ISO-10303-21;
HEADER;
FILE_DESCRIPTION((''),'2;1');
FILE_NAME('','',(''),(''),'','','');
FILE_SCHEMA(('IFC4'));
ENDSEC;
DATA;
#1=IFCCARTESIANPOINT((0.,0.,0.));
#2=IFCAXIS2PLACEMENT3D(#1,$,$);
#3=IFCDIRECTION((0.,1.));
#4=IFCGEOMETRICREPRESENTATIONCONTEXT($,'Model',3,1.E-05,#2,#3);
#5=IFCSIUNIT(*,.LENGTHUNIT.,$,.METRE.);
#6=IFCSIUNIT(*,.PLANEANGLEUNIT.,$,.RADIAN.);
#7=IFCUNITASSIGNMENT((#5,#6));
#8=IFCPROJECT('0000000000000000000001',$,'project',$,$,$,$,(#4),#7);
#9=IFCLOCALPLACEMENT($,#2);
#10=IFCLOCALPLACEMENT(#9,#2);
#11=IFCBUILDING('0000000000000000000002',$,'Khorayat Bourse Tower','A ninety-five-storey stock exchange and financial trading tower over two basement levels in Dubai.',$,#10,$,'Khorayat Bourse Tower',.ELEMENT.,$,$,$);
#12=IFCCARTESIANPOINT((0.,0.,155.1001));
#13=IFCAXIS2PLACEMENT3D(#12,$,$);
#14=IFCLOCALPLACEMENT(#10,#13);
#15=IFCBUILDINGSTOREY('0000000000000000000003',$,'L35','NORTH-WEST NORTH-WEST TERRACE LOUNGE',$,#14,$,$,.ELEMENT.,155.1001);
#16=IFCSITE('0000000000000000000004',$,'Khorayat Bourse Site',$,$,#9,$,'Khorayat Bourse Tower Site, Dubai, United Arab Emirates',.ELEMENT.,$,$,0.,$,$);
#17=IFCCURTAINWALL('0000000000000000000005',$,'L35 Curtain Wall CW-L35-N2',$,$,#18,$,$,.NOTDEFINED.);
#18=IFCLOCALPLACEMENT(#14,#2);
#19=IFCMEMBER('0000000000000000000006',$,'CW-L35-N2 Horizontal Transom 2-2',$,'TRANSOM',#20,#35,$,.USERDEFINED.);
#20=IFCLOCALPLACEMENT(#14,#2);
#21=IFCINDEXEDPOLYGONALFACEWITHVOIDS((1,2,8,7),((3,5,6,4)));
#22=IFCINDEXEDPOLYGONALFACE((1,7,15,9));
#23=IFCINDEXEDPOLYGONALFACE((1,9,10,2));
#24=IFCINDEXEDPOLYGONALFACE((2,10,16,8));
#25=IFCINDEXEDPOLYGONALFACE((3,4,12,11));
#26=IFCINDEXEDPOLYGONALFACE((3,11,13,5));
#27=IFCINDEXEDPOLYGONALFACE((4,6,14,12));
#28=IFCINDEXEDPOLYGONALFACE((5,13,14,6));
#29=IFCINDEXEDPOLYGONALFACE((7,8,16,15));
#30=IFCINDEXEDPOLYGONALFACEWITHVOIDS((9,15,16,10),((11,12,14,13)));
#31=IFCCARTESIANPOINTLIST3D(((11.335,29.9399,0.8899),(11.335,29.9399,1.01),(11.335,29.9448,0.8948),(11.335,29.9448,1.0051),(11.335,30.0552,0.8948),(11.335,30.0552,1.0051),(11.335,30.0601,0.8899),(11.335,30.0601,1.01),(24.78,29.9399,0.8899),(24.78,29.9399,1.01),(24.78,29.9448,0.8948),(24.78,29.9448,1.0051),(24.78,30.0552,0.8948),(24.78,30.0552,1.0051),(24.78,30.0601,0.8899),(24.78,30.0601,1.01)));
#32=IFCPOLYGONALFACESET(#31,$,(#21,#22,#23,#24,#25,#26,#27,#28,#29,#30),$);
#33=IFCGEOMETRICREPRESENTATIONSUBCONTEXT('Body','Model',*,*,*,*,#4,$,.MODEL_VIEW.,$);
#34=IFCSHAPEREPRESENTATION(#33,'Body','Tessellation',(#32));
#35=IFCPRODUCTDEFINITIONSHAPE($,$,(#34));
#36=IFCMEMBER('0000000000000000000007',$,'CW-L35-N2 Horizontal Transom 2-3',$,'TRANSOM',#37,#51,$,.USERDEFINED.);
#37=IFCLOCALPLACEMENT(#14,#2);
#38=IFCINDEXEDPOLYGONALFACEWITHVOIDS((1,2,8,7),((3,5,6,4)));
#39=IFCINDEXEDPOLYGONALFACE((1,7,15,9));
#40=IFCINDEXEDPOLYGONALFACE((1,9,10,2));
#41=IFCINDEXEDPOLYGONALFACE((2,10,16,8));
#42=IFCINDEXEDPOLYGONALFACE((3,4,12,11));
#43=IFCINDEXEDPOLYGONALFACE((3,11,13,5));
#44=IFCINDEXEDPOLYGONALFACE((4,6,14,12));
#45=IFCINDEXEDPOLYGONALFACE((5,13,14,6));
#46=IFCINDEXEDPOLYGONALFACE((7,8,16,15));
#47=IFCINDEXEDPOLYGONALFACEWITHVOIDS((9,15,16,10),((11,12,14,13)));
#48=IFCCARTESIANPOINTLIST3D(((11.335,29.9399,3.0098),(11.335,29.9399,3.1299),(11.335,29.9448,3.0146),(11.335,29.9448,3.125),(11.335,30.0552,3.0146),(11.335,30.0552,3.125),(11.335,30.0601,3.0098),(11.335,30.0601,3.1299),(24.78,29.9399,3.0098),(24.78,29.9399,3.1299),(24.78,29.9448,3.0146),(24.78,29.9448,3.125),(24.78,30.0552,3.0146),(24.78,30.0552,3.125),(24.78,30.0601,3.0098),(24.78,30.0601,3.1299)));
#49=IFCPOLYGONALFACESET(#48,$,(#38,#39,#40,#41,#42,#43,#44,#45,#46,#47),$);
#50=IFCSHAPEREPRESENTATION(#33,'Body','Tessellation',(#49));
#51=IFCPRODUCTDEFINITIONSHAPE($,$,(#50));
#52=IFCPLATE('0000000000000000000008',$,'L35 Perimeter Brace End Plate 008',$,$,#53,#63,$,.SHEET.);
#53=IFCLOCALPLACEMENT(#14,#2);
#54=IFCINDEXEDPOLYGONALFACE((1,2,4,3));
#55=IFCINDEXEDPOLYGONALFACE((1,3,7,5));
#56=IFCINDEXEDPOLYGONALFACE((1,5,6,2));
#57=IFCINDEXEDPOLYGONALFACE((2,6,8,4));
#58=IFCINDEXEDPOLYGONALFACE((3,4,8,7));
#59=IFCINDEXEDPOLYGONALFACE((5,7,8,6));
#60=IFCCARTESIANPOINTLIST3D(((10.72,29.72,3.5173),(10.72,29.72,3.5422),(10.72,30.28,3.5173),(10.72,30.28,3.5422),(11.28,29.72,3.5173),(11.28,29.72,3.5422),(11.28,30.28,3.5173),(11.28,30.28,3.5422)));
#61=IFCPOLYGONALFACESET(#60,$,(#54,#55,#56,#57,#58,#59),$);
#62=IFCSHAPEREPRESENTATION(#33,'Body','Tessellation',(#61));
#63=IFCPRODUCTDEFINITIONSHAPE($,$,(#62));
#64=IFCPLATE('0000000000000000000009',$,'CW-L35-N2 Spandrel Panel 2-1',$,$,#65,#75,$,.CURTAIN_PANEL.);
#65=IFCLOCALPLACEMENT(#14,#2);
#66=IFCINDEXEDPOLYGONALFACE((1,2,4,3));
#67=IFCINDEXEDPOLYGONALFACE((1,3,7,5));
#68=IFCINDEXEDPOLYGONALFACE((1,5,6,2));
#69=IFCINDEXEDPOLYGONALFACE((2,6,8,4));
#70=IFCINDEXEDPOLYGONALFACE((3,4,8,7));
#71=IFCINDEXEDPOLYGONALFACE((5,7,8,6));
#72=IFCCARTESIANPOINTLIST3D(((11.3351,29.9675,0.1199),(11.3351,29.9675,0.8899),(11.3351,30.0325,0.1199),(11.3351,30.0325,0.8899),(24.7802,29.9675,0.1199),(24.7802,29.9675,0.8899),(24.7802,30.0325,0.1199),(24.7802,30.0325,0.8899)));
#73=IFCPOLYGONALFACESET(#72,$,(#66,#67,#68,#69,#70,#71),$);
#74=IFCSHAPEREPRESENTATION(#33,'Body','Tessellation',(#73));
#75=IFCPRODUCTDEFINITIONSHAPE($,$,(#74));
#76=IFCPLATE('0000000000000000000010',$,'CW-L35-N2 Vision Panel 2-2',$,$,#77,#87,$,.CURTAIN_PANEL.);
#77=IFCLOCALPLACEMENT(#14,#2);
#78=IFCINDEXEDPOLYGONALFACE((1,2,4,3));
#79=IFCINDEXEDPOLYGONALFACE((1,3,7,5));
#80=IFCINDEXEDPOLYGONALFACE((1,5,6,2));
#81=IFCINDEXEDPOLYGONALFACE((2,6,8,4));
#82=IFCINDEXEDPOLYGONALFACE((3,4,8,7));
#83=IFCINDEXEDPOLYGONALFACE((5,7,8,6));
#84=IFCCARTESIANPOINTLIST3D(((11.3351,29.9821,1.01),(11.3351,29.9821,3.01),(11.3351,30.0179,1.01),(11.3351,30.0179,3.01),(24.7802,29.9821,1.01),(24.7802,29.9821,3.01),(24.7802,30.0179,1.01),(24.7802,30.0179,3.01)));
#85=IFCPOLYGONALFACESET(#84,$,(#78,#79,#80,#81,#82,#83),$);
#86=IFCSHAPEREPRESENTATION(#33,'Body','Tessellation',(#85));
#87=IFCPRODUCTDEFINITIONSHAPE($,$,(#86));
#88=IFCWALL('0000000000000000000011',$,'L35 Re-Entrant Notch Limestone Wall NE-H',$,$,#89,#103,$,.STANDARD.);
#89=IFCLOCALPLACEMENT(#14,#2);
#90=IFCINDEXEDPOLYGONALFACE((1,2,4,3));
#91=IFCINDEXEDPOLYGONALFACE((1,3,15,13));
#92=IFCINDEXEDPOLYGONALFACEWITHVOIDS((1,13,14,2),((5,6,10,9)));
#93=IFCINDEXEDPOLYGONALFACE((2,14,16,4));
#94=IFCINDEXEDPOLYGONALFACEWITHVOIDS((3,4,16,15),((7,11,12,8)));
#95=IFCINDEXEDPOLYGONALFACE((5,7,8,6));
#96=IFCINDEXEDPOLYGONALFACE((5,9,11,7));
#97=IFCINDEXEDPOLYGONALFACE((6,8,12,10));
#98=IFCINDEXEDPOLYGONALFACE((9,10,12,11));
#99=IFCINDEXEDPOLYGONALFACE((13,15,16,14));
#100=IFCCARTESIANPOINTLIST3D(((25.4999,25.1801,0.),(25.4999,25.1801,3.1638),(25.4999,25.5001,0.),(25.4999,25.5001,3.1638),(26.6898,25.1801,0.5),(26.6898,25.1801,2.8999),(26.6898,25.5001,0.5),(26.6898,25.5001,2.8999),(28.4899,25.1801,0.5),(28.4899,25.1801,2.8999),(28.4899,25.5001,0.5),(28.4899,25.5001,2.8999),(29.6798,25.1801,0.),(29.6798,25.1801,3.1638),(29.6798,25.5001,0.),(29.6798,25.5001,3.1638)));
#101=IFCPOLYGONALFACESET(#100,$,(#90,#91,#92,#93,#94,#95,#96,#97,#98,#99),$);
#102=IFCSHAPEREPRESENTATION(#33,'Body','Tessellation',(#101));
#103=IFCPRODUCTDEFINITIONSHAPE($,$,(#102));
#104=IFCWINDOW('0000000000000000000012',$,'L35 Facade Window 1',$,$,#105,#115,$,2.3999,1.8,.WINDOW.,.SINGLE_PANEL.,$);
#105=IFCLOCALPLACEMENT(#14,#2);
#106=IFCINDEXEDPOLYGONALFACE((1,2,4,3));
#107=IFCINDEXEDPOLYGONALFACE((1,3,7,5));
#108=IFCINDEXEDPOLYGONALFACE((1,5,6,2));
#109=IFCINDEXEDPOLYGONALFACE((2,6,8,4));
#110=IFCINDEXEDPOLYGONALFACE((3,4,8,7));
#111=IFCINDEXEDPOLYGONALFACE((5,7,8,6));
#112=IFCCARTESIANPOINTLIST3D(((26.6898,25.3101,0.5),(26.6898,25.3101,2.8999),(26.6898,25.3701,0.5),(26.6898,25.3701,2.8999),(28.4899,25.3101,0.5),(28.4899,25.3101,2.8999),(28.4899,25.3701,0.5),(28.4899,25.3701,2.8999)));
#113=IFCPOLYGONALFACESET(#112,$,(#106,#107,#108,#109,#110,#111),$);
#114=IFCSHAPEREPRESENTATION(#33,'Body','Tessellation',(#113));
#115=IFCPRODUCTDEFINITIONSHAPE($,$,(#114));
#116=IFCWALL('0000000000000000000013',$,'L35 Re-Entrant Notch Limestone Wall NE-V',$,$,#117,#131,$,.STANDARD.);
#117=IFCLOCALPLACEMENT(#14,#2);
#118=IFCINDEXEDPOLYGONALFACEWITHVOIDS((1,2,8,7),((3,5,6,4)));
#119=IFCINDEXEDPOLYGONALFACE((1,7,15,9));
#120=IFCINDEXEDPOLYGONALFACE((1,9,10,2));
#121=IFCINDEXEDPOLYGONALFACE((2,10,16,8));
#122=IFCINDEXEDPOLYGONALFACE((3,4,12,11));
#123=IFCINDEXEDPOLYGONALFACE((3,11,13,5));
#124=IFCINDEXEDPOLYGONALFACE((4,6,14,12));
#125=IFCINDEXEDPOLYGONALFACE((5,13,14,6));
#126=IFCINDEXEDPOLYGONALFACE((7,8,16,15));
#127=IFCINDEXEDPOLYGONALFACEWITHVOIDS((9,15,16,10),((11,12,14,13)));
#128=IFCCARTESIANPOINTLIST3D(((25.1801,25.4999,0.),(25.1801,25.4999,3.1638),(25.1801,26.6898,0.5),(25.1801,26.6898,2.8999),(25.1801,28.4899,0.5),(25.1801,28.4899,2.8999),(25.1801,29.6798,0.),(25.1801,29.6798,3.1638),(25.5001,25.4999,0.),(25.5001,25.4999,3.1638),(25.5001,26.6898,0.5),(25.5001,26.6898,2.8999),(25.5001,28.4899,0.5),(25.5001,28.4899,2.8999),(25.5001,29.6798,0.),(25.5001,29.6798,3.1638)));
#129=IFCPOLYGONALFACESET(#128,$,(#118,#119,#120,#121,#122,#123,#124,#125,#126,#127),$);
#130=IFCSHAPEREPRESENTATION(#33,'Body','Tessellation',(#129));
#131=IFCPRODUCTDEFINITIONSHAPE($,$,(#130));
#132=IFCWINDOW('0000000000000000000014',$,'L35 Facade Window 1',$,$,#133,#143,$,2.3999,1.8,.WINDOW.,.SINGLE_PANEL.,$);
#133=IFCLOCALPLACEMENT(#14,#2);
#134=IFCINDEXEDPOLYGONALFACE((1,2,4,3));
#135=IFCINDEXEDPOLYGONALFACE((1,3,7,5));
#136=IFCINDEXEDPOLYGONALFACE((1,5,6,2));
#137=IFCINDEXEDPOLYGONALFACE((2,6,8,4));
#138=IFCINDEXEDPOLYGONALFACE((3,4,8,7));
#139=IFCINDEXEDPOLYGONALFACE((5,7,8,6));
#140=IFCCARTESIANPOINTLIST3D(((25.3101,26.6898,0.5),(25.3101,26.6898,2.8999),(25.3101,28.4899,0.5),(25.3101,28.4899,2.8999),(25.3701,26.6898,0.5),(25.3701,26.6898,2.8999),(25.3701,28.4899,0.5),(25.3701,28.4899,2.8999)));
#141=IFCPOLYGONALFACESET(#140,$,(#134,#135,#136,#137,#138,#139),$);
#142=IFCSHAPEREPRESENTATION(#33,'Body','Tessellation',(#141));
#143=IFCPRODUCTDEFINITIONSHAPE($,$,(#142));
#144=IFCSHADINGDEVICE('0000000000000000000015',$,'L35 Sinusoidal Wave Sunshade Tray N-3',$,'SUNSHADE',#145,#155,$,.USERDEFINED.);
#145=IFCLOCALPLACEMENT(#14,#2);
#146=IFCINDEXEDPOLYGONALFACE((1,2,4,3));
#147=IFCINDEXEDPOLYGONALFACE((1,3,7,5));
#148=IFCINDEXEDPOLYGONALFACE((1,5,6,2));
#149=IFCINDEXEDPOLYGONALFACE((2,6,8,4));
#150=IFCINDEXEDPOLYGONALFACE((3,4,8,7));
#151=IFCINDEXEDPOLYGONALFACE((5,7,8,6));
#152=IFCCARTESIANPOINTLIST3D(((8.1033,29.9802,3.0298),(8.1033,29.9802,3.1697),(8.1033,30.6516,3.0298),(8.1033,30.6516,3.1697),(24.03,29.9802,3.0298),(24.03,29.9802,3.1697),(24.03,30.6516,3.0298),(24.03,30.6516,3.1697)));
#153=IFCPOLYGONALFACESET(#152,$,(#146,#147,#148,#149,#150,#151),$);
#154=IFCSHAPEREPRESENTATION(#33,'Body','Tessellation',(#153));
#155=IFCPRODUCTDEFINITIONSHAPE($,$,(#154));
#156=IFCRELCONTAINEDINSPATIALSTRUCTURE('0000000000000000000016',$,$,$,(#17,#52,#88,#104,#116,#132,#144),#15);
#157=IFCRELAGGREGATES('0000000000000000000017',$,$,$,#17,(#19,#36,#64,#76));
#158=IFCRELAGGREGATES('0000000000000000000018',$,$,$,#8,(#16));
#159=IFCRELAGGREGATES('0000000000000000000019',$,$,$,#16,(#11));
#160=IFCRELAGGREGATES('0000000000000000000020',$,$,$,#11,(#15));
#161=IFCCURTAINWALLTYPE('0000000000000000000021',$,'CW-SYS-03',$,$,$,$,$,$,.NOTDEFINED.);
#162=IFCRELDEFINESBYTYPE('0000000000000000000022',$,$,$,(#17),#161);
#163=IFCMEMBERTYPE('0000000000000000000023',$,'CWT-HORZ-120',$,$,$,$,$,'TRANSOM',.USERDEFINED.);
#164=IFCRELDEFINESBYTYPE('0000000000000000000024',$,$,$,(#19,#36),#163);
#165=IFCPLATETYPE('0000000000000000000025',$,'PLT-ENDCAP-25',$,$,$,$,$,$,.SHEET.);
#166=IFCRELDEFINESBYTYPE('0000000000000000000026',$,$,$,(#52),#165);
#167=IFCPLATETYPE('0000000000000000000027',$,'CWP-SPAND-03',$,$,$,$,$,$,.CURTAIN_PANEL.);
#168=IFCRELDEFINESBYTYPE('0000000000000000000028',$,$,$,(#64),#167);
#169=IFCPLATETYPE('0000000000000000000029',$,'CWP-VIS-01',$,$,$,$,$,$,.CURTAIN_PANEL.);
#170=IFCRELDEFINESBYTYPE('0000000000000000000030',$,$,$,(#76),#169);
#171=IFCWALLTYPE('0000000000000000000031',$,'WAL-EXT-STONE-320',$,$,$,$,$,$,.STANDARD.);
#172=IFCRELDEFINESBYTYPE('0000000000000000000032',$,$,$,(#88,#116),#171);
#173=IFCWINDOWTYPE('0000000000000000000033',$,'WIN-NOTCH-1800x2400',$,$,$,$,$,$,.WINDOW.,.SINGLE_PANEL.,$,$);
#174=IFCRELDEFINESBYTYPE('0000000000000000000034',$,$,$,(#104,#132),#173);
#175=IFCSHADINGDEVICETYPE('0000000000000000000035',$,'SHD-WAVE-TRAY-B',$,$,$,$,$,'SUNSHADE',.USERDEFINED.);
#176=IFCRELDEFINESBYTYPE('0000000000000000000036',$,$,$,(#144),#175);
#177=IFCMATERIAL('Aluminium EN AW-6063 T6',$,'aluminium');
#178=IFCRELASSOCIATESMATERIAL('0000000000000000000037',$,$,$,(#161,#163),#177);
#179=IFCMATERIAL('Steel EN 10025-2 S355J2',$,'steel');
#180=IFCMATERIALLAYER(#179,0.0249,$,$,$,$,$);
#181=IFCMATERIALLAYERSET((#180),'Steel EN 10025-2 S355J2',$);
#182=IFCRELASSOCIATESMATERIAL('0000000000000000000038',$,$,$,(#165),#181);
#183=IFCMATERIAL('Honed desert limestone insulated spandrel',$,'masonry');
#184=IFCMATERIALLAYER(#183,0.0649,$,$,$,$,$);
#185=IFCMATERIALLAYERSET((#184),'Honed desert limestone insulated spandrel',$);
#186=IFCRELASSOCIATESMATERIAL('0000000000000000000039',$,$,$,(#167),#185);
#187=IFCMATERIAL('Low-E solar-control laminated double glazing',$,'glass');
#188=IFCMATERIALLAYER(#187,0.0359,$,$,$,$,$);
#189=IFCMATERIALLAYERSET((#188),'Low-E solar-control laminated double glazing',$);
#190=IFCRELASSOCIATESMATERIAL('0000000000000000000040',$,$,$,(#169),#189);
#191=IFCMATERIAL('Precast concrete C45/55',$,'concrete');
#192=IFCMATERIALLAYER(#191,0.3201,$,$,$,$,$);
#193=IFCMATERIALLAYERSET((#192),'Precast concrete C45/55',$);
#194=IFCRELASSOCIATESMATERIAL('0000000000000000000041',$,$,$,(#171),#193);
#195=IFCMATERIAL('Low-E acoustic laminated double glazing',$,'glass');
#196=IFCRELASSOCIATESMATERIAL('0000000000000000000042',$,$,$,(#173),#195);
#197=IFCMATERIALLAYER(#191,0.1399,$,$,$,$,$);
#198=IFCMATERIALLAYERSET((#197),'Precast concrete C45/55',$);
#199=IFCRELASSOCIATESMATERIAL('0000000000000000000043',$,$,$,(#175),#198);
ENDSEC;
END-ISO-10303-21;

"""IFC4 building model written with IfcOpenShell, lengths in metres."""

from ifc_helpers import new_model, si_unit, direction, frame, frame_2d, origin, origin_2d, place, context, subcontext, project, spatial, rectangle, hollow_rectangle, extrude, source, transform, mapped, material, layer, layer_set, material_profile, profile_set, type_object, element, fill, aggregate, save


model = new_model("IFC4")

# Units and contexts
model_context = context("Model", 3, precision=1e-05, world=origin(), true_north=direction((0.0, 1.0)))
body_context = subcontext(model_context, "Body", "Model", "MODEL_VIEW")
ifc_project = project(units=[si_unit("LENGTHUNIT", "METRE"), si_unit("PLANEANGLEUNIT", "RADIAN")], contexts=[model_context])

# Site, building, storey
site_placement = place(None, origin())
site = spatial("IfcSite", under=ifc_project, at=site_placement, Name="Khorayat Bourse Site", LongName="Khorayat Bourse Tower Site, Dubai, United Arab Emirates", CompositionType="ELEMENT", RefElevation=0.0)
building_placement = place(site_placement, origin())
building = spatial("IfcBuilding", under=site, at=building_placement, Name="Khorayat Bourse Tower", Description="A ninety-five-storey stock exchange and financial trading tower over two basement levels in Dubai.", LongName="Khorayat Bourse Tower", CompositionType="ELEMENT")
storey_placement = place(building_placement, frame((0.0, 0.0, 155.1001)))
storey = spatial("IfcBuildingStorey", under=building, at=storey_placement, Name="L35", Description="NORTH-WEST NORTH-WEST TERRACE LOUNGE", CompositionType="ELEMENT", Elevation=155.1001)

# Curtain wall
ifc_material_1 = material(Name="Aluminium EN AW-6063 T6", Category="aluminium")
curtain_wall_type = type_object("IfcCurtainWallType", Name="CW-SYS-03", PredefinedType="NOTDEFINED", material=ifc_material_1)
curtain_wall_1_placement = place(storey_placement, origin())
curtain_wall_1 = element("IfcCurtainWall", 1, at=curtain_wall_1_placement, inside=storey, type_object=curtain_wall_type, Name="L35 Curtain Wall CW-L35-N2", PredefinedType="NOTDEFINED")

# Members
ifc_material_profile_1 = material_profile(ifc_material_1, hollow_rectangle(XDim=0.1201, YDim=0.1201, WallThickness=0.0049, at=origin_2d()), Name="ALU 120x120x5")
ifc_profile_set_1 = profile_set([ifc_material_profile_1], Name="Aluminium EN AW-6063 T6")
member_type_1 = type_object("IfcMemberType", Name="CWT-HORZ-120", ElementType="TRANSOM", PredefinedType="USERDEFINED", material=ifc_profile_set_1)
shared_shape_1 = source(origin(), body_context, "Body", "SweptSolid", [
    extrude(hollow_rectangle(XDim=0.1201, YDim=0.1201, WallThickness=0.0049, at=origin_2d()), origin(), (0.0, 0.0, 1.0), 13.4451),
])
member_1_placement = place(storey_placement, frame((11.335, 30.0, 0.95), z_axis=(1.0, 0.0, 0.0), x_axis=(0.0, 1.0, 0.0)))
member_1 = element("IfcMember", 2, at=member_1_placement, type_object=member_type_1, Name="CW-L35-N2 Horizontal Transom 2-2", ObjectType="TRANSOM", PredefinedType="USERDEFINED", context=body_context, shape_type="MappedRepresentation", body=[
    mapped(shared_shape_1, transform((0.0, 0.0, 0.0), scale=1.0)),
])
member_2_placement = place(storey_placement, frame((11.335, 30.0, 3.0698), z_axis=(1.0, 0.0, 0.0), x_axis=(0.0, 1.0, 0.0)))
member_2 = element("IfcMember", 3, at=member_2_placement, type_object=member_type_1, Name="CW-L35-N2 Horizontal Transom 2-3", ObjectType="TRANSOM", PredefinedType="USERDEFINED", context=body_context, shape_type="MappedRepresentation", body=[
    mapped(shared_shape_1, transform((0.0, 0.0, 0.0), scale=1.0)),
])

# Plates
ifc_material_2 = material(Name="Steel EN 10025-2 S355J2", Category="steel")
ifc_layer_1 = layer(ifc_material_2, 0.0249)
ifc_layer_set_1 = layer_set([ifc_layer_1], Name="Steel EN 10025-2 S355J2")
plate_type_1 = type_object("IfcPlateType", Name="PLT-ENDCAP-25", PredefinedType="SHEET", material=ifc_layer_set_1)
shared_shape_2 = source(origin(), body_context, "Body", "SweptSolid", [
    extrude(rectangle(XDim=0.5601, YDim=0.5601, at=origin_2d()), origin(), (0.0, 0.0, 1.0), 0.0249),
])
plate_1_placement = place(storey_placement, frame((11.0, 30.0, 3.5173), z_axis=(0.0, 0.0, 1.0), x_axis=(1.0, 0.0, 0.0)))
element("IfcPlate", 4, at=plate_1_placement, inside=storey, type_object=plate_type_1, Name="L35 Perimeter Brace End Plate 008", PredefinedType="SHEET", context=body_context, shape_type="MappedRepresentation", body=[
    mapped(shared_shape_2, transform((0.0, 0.0, 0.0), scale=1.0)),
])
ifc_material_3 = material(Name="Honed desert limestone insulated spandrel", Category="masonry")
ifc_layer_2 = layer(ifc_material_3, 0.0649)
ifc_layer_set_2 = layer_set([ifc_layer_2], Name="Honed desert limestone insulated spandrel")
plate_type_2 = type_object("IfcPlateType", Name="CWP-SPAND-03", PredefinedType="CURTAIN_PANEL", material=ifc_layer_set_2)
shared_shape_3 = source(origin(), body_context, "Body", "SweptSolid", [
    extrude(rectangle(XDim=13.4451, YDim=0.0649, at=origin_2d()), origin(), (0.0, 0.0, 1.0), 0.77),
])
plate_2_placement = place(storey_placement, frame((18.0576, 30.0, 0.1199), z_axis=(0.0, 0.0, 1.0), x_axis=(1.0, 0.0, 0.0)))
plate_2 = element("IfcPlate", 5, at=plate_2_placement, type_object=plate_type_2, Name="CW-L35-N2 Spandrel Panel 2-1", PredefinedType="CURTAIN_PANEL", context=body_context, shape_type="MappedRepresentation", body=[
    mapped(shared_shape_3, transform((0.0, 0.0, 0.0), scale=1.0)),
])
ifc_material_4 = material(Name="Low-E solar-control laminated double glazing", Category="glass")
ifc_layer_3 = layer(ifc_material_4, 0.0359)
ifc_layer_set_3 = layer_set([ifc_layer_3], Name="Low-E solar-control laminated double glazing")
plate_type_3 = type_object("IfcPlateType", Name="CWP-VIS-01", PredefinedType="CURTAIN_PANEL", material=ifc_layer_set_3)
shared_shape_4 = source(origin(), body_context, "Body", "SweptSolid", [
    extrude(rectangle(XDim=13.4451, YDim=0.0359, at=origin_2d()), origin(), (0.0, 0.0, 1.0), 2.0),
])
plate_3_placement = place(storey_placement, frame((18.0576, 30.0, 1.01), z_axis=(0.0, 0.0, 1.0), x_axis=(1.0, 0.0, 0.0)))
plate_3 = element("IfcPlate", 6, at=plate_3_placement, type_object=plate_type_3, Name="CW-L35-N2 Vision Panel 2-2", PredefinedType="CURTAIN_PANEL", context=body_context, shape_type="MappedRepresentation", body=[
    mapped(shared_shape_4, transform((0.0, 0.0, 0.0), scale=1.0)),
])
aggregate(curtain_wall_1, [member_1, member_2, plate_2, plate_3])

# Walls, openings, windows
ifc_material_5 = material(Name="Precast concrete C45/55", Category="concrete")
ifc_layer_4 = layer(ifc_material_5, 0.3201)
ifc_layer_set_4 = layer_set([ifc_layer_4], Name="Precast concrete C45/55")
wall_type = type_object("IfcWallType", Name="WAL-EXT-STONE-320", PredefinedType="STANDARD", material=ifc_layer_set_4)
shared_shape_5 = source(origin(), body_context, "Body", "SweptSolid", [
    extrude(rectangle(XDim=4.1799, YDim=0.3201, at=frame_2d((2.0898, 0.0))), origin(), (0.0, 0.0, 1.0), 3.1638),
])
wall_1_placement = place(storey_placement, frame((25.5, 25.3401, 0.0), z_axis=(0.0, 0.0, 1.0), x_axis=(1.0, 0.0, 0.0)))
wall_1 = element("IfcWall", 7, at=wall_1_placement, inside=storey, type_object=wall_type, Name="L35 Re-Entrant Notch Limestone Wall NE-H", PredefinedType="STANDARD", context=body_context, shape_type="MappedRepresentation", body=[
    mapped(shared_shape_5, transform((0.0, 0.0, 0.0), scale=1.0)),
])
shared_shape_6 = source(origin(), body_context, "Body", "SweptSolid", [
    extrude(rectangle(XDim=1.8, YDim=2.3999, at=frame_2d((0.8999, 1.2))), frame((0.0, 0.1699, 0.0), z_axis=(0.0, -1.0, 0.0), x_axis=(1.0, 0.0, 0.0)), (0.0, 0.0, 1.0), 0.3401),
])
opening_1_placement = place(wall_1_placement, frame((1.1899, 0.0, 0.5)))
opening_1 = element("IfcOpeningElement", 8, at=opening_1_placement, cuts=wall_1, PredefinedType="OPENING", context=body_context, shape_type="MappedRepresentation", body=[
    mapped(shared_shape_6, transform((0.0, 0.0, 0.0), scale=1.0)),
])
ifc_material_6 = material(Name="Low-E acoustic laminated double glazing", Category="glass")
window_type = type_object("IfcWindowType", Name="WIN-NOTCH-1800x2400", PartitioningType="SINGLE_PANEL", PredefinedType="WINDOW", material=ifc_material_6)
shared_shape_7 = source(origin(), body_context, "Body", "SweptSolid", [
    extrude(rectangle(XDim=1.8, YDim=2.3999, at=frame_2d((0.8999, 1.2))), frame((0.0, 0.03, 0.0), z_axis=(0.0, -1.0, 0.0), x_axis=(1.0, 0.0, 0.0)), (0.0, 0.0, 1.0), 0.0601),
])
window_1_placement = place(opening_1_placement, origin())
window_1 = element("IfcWindow", 9, at=window_1_placement, inside=storey, type_object=window_type, Name="L35 Facade Window 1", OverallHeight=2.3999, OverallWidth=1.8, PartitioningType="SINGLE_PANEL", PredefinedType="WINDOW", context=body_context, shape_type="MappedRepresentation", body=[
    mapped(shared_shape_7, transform((0.0, 0.0, 0.0), scale=1.0)),
])
fill(opening_1, window_1)
wall_2_placement = place(storey_placement, frame((25.3401, 25.5, 0.0), z_axis=(0.0, 0.0, 1.0), x_axis=(0.0, 1.0, 0.0)))
wall_2 = element("IfcWall", 10, at=wall_2_placement, inside=storey, type_object=wall_type, Name="L35 Re-Entrant Notch Limestone Wall NE-V", PredefinedType="STANDARD", context=body_context, shape_type="MappedRepresentation", body=[
    mapped(shared_shape_5, transform((0.0, 0.0, 0.0), scale=1.0)),
])
opening_2_placement = place(wall_2_placement, frame((1.1899, 0.0, 0.5)))
opening_2 = element("IfcOpeningElement", 11, at=opening_2_placement, cuts=wall_2, PredefinedType="OPENING", context=body_context, shape_type="MappedRepresentation", body=[
    mapped(shared_shape_6, transform((0.0, 0.0, 0.0), scale=1.0)),
])
window_2_placement = place(opening_2_placement, origin())
window_2 = element("IfcWindow", 12, at=window_2_placement, inside=storey, type_object=window_type, Name="L35 Facade Window 1", OverallHeight=2.3999, OverallWidth=1.8, PartitioningType="SINGLE_PANEL", PredefinedType="WINDOW", context=body_context, shape_type="MappedRepresentation", body=[
    mapped(shared_shape_7, transform((0.0, 0.0, 0.0), scale=1.0)),
])
fill(opening_2, window_2)

# Shading device
ifc_layer_5 = layer(ifc_material_5, 0.1399)
ifc_layer_set_5 = layer_set([ifc_layer_5], Name="Precast concrete C45/55")
shading_device_type = type_object("IfcShadingDeviceType", Name="SHD-WAVE-TRAY-B", ElementType="SUNSHADE", PredefinedType="USERDEFINED", material=ifc_layer_set_5)
shared_shape_8 = source(origin(), body_context, "Body", "SweptSolid", [
    extrude(rectangle(XDim=15.9268, YDim=0.6714, at=origin_2d()), origin(), (0.0, 0.0, 1.0), 0.1399),
])
shading_device_placement = place(storey_placement, frame((16.0667, 30.3159, 3.0298), z_axis=(0.0, 0.0, 1.0), x_axis=(1.0, 0.0, 0.0)))
element("IfcShadingDevice", 13, at=shading_device_placement, inside=storey, type_object=shading_device_type, Name="L35 Sinusoidal Wave Sunshade Tray N-3", ObjectType="SUNSHADE", PredefinedType="USERDEFINED", context=body_context, shape_type="MappedRepresentation", body=[
    mapped(shared_shape_8, transform((0.0, 0.0, 0.0), scale=1.0)),
])

save(model, "model.ifc")
